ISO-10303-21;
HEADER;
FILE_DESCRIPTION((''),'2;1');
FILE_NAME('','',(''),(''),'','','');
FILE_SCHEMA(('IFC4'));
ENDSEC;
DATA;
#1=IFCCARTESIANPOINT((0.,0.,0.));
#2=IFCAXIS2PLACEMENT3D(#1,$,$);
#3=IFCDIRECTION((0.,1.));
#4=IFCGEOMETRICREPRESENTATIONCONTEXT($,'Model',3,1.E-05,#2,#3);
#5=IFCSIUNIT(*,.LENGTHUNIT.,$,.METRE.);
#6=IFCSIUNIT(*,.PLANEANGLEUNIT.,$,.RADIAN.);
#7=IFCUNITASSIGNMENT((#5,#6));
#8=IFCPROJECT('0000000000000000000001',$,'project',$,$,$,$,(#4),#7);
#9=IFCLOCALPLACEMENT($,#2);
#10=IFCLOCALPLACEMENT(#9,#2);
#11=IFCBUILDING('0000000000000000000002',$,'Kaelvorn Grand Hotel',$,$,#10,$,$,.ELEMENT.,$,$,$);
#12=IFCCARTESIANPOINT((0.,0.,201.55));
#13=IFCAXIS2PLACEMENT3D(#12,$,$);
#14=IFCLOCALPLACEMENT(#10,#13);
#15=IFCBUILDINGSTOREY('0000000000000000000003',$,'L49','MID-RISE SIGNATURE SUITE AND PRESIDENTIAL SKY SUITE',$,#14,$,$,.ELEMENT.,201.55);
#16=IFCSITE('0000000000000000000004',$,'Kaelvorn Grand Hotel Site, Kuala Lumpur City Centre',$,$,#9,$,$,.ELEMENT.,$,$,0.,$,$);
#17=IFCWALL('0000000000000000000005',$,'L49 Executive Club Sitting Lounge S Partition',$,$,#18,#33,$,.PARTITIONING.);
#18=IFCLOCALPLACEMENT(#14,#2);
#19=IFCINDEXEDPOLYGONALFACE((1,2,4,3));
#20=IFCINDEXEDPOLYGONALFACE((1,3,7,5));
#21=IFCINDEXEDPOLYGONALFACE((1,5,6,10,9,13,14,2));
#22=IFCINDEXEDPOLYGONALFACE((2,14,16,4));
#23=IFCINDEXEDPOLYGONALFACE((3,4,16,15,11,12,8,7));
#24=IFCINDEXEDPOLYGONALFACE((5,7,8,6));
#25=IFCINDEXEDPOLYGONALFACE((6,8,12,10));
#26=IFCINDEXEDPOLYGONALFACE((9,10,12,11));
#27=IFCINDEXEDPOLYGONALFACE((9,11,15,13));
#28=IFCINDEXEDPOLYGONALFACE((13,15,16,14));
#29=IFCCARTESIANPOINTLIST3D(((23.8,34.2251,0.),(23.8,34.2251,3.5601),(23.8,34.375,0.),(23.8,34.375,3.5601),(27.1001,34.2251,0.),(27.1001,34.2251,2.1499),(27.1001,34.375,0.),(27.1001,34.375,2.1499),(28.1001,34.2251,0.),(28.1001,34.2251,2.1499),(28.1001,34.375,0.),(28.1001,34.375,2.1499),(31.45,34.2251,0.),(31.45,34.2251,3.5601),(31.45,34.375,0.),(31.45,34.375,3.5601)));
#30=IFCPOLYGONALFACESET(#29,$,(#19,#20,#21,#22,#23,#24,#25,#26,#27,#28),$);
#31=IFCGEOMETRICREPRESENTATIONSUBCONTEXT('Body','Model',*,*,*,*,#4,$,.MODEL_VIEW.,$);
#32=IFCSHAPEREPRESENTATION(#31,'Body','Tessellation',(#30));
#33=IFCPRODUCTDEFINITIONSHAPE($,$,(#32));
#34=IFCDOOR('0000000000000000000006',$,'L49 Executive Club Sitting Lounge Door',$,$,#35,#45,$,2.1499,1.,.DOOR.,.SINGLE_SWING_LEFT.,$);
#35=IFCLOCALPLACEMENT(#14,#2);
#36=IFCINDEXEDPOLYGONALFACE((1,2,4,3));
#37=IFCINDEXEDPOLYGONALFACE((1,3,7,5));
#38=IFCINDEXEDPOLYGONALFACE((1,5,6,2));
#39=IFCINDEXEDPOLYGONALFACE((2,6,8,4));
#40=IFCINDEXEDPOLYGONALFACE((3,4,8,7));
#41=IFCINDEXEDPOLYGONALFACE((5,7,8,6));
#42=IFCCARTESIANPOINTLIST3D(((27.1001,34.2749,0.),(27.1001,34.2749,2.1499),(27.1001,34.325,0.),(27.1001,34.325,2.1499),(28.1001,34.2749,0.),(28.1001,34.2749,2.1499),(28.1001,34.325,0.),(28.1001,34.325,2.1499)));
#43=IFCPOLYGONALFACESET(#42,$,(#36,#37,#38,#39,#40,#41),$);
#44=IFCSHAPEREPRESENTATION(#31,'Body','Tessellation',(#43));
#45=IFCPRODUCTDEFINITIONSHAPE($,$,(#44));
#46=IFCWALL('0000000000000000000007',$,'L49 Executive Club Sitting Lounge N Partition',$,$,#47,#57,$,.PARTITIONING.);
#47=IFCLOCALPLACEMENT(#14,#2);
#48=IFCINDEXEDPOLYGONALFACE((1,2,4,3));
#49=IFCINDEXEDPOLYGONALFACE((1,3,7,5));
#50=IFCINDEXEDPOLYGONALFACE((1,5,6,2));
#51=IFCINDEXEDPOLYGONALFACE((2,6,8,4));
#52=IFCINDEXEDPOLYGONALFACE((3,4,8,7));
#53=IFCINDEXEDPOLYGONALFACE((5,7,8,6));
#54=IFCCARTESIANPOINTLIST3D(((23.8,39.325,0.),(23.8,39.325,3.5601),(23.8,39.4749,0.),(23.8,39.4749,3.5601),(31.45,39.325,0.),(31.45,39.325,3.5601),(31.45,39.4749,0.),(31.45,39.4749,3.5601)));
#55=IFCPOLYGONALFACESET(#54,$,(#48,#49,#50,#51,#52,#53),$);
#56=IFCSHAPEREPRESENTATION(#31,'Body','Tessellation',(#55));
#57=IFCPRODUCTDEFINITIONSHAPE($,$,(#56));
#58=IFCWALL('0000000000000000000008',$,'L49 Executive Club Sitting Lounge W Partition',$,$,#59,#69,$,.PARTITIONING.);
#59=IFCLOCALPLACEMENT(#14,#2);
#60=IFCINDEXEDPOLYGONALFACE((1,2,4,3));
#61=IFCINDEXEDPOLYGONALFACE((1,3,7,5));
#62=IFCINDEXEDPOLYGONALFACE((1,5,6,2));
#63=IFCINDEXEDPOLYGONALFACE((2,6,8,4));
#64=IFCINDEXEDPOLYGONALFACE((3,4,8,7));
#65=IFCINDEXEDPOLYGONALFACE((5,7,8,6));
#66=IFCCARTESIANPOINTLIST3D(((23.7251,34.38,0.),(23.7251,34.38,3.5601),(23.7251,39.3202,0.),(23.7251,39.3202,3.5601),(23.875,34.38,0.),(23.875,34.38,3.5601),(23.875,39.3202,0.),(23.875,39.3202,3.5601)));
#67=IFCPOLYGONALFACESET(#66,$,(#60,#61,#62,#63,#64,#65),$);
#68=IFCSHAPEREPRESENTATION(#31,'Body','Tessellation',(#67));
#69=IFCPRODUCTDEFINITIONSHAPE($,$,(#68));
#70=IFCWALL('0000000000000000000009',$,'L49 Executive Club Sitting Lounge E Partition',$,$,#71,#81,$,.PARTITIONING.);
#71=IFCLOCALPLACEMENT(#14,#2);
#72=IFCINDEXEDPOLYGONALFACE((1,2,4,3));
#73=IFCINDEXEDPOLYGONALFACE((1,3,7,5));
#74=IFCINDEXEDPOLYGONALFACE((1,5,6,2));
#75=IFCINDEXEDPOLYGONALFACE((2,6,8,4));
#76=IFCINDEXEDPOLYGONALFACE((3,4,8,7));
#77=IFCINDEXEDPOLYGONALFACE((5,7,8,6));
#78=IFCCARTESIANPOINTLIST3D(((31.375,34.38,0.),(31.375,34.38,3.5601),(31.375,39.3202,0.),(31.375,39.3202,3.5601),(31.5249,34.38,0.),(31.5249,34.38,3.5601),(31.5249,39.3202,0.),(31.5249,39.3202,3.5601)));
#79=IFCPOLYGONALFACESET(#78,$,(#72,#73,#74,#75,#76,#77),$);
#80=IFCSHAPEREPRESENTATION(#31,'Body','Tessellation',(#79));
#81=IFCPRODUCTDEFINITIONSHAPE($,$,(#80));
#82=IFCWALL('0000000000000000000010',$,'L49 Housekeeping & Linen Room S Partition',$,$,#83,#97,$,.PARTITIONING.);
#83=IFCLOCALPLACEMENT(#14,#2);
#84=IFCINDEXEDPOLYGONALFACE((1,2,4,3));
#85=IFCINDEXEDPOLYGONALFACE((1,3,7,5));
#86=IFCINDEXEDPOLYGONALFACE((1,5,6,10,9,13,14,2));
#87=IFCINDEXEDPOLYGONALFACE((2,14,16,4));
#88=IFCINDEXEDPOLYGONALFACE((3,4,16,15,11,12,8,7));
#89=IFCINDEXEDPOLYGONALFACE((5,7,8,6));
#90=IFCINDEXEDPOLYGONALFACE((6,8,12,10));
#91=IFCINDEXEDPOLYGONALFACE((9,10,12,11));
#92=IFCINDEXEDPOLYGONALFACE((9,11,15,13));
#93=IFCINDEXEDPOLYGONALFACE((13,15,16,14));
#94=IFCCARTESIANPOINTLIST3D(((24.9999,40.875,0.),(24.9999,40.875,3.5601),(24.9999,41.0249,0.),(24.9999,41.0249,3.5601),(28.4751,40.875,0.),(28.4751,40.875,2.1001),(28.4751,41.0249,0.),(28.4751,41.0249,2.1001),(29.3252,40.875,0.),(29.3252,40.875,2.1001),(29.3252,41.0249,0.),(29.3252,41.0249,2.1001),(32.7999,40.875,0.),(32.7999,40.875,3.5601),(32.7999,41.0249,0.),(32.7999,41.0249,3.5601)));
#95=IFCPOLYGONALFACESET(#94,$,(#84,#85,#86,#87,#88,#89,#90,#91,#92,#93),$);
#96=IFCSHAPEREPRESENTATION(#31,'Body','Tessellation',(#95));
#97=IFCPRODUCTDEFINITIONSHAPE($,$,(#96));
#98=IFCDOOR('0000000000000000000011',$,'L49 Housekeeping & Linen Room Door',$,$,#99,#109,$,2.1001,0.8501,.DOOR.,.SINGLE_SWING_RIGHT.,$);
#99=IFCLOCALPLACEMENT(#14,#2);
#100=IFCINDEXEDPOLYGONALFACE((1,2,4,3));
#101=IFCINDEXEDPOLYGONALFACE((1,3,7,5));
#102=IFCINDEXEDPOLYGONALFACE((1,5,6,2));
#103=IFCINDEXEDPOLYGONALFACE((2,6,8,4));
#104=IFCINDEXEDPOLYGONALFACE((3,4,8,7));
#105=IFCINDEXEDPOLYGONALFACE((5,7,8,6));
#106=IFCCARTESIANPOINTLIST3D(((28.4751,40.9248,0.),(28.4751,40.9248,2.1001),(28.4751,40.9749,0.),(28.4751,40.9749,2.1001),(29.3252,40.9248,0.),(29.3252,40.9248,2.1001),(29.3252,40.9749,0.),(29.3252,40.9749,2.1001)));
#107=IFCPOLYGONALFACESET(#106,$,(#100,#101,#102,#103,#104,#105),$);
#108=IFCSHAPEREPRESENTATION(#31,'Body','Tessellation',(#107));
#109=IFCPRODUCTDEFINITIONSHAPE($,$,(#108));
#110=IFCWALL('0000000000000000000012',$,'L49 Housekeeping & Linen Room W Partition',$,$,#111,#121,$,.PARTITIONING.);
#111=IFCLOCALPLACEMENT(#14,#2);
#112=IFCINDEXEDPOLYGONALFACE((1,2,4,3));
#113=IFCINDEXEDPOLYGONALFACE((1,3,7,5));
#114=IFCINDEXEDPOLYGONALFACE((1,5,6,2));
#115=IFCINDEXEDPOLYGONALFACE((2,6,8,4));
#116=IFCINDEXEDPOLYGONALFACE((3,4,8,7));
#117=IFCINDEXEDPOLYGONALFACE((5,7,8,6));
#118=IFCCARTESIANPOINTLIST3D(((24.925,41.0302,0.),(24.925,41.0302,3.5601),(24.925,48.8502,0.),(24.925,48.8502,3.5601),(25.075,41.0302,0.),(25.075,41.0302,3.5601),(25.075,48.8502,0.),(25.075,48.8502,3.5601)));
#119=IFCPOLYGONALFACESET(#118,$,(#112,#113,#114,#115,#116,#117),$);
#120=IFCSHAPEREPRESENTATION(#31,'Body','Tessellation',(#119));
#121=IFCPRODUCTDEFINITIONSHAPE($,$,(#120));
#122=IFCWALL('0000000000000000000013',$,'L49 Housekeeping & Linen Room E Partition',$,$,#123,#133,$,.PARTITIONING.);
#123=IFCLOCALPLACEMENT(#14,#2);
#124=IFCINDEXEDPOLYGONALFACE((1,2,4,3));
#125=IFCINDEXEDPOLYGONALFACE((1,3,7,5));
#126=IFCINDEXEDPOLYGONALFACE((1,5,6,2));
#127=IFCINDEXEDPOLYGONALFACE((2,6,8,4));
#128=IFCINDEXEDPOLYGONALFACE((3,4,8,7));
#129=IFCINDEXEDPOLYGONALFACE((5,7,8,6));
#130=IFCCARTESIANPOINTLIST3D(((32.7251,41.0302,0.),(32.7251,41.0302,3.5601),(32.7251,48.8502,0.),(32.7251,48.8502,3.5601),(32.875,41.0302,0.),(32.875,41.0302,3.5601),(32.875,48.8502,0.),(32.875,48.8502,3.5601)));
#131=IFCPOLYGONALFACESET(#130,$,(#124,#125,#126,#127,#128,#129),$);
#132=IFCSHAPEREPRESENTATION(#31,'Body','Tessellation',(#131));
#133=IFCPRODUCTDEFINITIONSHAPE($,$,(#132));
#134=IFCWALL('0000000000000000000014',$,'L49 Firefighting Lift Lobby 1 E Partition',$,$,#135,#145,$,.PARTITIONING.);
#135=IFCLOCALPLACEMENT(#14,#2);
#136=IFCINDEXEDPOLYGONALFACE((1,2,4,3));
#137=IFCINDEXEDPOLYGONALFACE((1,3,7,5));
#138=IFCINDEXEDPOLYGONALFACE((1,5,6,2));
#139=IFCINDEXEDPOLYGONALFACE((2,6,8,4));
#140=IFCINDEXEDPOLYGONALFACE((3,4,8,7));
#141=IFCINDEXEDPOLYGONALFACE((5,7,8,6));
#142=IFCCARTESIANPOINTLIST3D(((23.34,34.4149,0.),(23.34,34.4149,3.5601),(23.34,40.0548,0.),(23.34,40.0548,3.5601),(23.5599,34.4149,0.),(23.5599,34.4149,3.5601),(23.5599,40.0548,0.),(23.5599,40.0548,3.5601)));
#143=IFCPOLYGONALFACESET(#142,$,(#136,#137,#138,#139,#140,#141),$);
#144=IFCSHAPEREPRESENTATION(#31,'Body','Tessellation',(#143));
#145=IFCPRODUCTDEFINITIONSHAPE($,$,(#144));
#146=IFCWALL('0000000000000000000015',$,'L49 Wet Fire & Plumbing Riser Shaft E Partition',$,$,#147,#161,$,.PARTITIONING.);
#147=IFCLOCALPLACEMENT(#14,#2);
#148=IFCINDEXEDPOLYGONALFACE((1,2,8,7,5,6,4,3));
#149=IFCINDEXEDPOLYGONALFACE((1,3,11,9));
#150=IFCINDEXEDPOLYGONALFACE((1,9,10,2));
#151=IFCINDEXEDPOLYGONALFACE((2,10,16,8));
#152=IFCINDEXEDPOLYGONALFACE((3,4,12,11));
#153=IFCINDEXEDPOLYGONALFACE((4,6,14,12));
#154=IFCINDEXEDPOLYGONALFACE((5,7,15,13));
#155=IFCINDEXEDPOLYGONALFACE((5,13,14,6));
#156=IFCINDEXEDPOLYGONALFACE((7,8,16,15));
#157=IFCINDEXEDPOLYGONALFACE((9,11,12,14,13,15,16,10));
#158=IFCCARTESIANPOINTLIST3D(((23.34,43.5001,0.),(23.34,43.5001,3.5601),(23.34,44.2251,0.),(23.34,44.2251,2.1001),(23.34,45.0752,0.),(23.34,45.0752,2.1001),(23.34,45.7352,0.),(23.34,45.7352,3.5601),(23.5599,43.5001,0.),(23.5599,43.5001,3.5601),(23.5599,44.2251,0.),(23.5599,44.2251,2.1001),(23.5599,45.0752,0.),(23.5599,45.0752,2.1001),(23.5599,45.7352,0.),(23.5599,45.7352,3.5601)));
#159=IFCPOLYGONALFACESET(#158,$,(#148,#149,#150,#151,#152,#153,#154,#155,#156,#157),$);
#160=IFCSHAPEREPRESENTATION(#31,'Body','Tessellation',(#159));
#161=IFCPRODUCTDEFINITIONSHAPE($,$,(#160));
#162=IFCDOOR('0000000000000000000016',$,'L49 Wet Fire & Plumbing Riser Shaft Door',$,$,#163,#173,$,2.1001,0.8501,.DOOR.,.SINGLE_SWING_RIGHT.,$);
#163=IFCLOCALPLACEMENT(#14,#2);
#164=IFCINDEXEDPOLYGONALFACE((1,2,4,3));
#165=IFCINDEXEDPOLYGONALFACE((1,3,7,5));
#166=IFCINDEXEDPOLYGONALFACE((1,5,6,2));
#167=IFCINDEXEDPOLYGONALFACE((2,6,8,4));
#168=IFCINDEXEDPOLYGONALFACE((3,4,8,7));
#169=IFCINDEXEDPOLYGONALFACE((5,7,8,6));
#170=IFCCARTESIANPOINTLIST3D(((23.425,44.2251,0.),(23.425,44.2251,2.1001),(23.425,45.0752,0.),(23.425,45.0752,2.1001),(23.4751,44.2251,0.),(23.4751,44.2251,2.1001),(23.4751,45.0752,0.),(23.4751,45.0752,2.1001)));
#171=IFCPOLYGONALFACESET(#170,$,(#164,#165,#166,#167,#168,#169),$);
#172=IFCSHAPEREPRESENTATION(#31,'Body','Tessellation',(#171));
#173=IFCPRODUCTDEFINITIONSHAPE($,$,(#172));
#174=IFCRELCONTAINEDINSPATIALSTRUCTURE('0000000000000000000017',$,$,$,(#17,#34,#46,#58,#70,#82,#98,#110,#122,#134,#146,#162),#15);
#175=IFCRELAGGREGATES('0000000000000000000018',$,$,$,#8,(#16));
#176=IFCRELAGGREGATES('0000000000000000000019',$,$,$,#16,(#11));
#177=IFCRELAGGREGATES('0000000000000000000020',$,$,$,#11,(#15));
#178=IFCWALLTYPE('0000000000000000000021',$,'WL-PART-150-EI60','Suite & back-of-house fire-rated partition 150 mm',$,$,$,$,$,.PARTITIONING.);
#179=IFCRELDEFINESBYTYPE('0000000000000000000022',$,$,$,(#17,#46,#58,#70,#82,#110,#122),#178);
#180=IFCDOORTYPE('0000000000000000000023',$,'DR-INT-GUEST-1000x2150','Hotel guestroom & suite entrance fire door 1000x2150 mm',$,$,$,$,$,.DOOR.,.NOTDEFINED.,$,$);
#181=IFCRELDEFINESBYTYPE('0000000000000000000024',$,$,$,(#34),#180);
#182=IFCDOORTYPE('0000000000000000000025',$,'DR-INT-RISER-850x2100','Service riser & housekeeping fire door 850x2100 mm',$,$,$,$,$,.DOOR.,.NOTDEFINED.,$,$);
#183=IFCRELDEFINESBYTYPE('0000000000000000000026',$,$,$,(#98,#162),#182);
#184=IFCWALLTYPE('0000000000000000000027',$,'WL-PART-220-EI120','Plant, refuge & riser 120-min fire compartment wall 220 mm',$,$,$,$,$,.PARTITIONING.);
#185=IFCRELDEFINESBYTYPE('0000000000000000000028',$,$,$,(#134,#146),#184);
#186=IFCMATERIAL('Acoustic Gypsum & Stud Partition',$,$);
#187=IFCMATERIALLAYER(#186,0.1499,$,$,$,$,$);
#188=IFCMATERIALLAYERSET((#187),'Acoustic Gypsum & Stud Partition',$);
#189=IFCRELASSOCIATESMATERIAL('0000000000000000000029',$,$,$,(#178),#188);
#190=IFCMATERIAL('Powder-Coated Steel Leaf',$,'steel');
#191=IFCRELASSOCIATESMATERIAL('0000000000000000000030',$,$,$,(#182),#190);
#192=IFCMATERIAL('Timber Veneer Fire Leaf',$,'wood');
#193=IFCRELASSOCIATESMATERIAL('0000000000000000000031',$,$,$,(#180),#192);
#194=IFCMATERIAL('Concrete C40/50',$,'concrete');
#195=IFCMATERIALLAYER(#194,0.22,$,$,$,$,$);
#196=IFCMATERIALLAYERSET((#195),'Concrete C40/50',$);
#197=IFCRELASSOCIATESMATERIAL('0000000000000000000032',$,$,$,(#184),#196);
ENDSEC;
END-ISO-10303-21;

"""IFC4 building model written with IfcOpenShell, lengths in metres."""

from ifc_helpers import new_model, si_unit, direction, frame, frame_2d, origin, place, context, subcontext, project, spatial, rectangle, extrude, material, layer, layer_set, type_object, element, fill, save


model = new_model("IFC4")

# Units and contexts
model_context = context("Model", 3, precision=1e-05, world=origin(), true_north=direction((0.0, 1.0)))
body_context = subcontext(model_context, "Body", "Model", "MODEL_VIEW")
ifc_project = project(units=[si_unit("LENGTHUNIT", "METRE"), si_unit("PLANEANGLEUNIT", "RADIAN")], contexts=[model_context])

# Site, building, storey
site_placement = place(None, origin())
site = spatial("IfcSite", under=ifc_project, at=site_placement, Name="Kaelvorn Grand Hotel Site, Kuala Lumpur City Centre", CompositionType="ELEMENT", RefElevation=0.0)
building_placement = place(site_placement, origin())
building = spatial("IfcBuilding", under=site, at=building_placement, Name="Kaelvorn Grand Hotel", CompositionType="ELEMENT")
storey_placement = place(building_placement, frame((0.0, 0.0, 201.55)))
storey = spatial("IfcBuildingStorey", under=building, at=storey_placement, Name="L49", Description="MID-RISE SIGNATURE SUITE AND PRESIDENTIAL SKY SUITE", CompositionType="ELEMENT", Elevation=201.55)

# Shared definitions
ifc_material_1 = material(Name="Acoustic Gypsum & Stud Partition")
ifc_layer_1 = layer(ifc_material_1, 0.1499)
ifc_layer_set_1 = layer_set([ifc_layer_1], Name="Acoustic Gypsum & Stud Partition")
wall_type_1 = type_object("IfcWallType", Name="WL-PART-150-EI60", Description="Suite & back-of-house fire-rated partition 150 mm", PredefinedType="PARTITIONING", material=ifc_layer_set_1)
ifc_material_2 = material(Name="Powder-Coated Steel Leaf", Category="steel")
door_type_1 = type_object("IfcDoorType", Name="DR-INT-RISER-850x2100", Description="Service riser & housekeeping fire door 850x2100 mm", OperationType="NOTDEFINED", PredefinedType="DOOR", material=ifc_material_2)

# Wall, opening, door
wall_1_placement = place(storey_placement, frame((23.8, 34.3, 0.0), z_axis=(0.0, 0.0, 1.0), x_axis=(1.0, 0.0, 0.0)))
wall_1 = element("IfcWall", 1, at=wall_1_placement, inside=storey, type_object=wall_type_1, Name="L49 Executive Club Sitting Lounge S Partition", PredefinedType="PARTITIONING", context=body_context, shape_type="SweptSolid", body=[
    extrude(rectangle(XDim=7.6499, YDim=0.1499, at=frame_2d((3.825, 0.0))), origin(), (0.0, 0.0, 1.0), 3.5601),
])
opening_1_placement = place(wall_1_placement, frame((3.3, 0.0, 0.0)))
opening_1 = element("IfcOpeningElement", 2, at=opening_1_placement, cuts=wall_1, PredefinedType="OPENING", context=body_context, shape_type="SweptSolid", body=[
    extrude(rectangle(XDim=1.0, YDim=2.1499, at=frame_2d((0.5, 1.075))), frame((0.0, 0.085, 0.0), z_axis=(0.0, -1.0, 0.0), x_axis=(1.0, 0.0, 0.0)), (0.0, 0.0, 1.0), 0.1699),
])
ifc_material_3 = material(Name="Timber Veneer Fire Leaf", Category="wood")
door_type_2 = type_object("IfcDoorType", Name="DR-INT-GUEST-1000x2150", Description="Hotel guestroom & suite entrance fire door 1000x2150 mm", OperationType="NOTDEFINED", PredefinedType="DOOR", material=ifc_material_3)
door_1_placement = place(opening_1_placement, origin())
door_1 = element("IfcDoor", 3, at=door_1_placement, inside=storey, type_object=door_type_2, Name="L49 Executive Club Sitting Lounge Door", OperationType="SINGLE_SWING_LEFT", OverallHeight=2.1499, OverallWidth=1.0, PredefinedType="DOOR", context=body_context, shape_type="SweptSolid", body=[
    extrude(rectangle(XDim=1.0, YDim=2.1499, at=frame_2d((0.5, 1.075))), frame((0.0, 0.0249, 0.0), z_axis=(0.0, -1.0, 0.0), x_axis=(1.0, 0.0, 0.0)), (0.0, 0.0, 1.0), 0.05),
])
fill(opening_1, door_1)

# Walls
wall_2_placement = place(storey_placement, frame((23.8, 39.3999, 0.0), z_axis=(0.0, 0.0, 1.0), x_axis=(1.0, 0.0, 0.0)))
element("IfcWall", 4, at=wall_2_placement, inside=storey, type_object=wall_type_1, Name="L49 Executive Club Sitting Lounge N Partition", PredefinedType="PARTITIONING", context=body_context, shape_type="SweptSolid", body=[
    extrude(rectangle(XDim=7.6499, YDim=0.1499, at=frame_2d((3.825, 0.0))), origin(), (0.0, 0.0, 1.0), 3.5601),
])
for number, where, z_axis, x_axis, name in (
    (5, (23.8, 34.3799, 0.0), (0.0, 0.0, 1.0), (0.0, 1.0, 0.0), "L49 Executive Club Sitting Lounge W Partition"),
    (6, (31.45, 34.3799, 0.0), (0.0, 0.0, 1.0), (0.0, 1.0, 0.0), "L49 Executive Club Sitting Lounge E Partition"),
):
    element("IfcWall", number, at=place(storey_placement, frame(where, z_axis=z_axis, x_axis=x_axis)), inside=storey, type_object=wall_type_1, Name=name, PredefinedType="PARTITIONING", context=body_context, shape_type="SweptSolid", body=[
        extrude(rectangle(XDim=4.9402, YDim=0.1499, at=frame_2d((2.4702, 0.0))), origin(), (0.0, 0.0, 1.0), 3.5601),
    ])

# Wall, opening, door
wall_3_placement = place(storey_placement, frame((25.0, 40.95, 0.0), z_axis=(0.0, 0.0, 1.0), x_axis=(1.0, 0.0, 0.0)))
wall_3 = element("IfcWall", 7, at=wall_3_placement, inside=storey, type_object=wall_type_1, Name="L49 Housekeeping & Linen Room S Partition", PredefinedType="PARTITIONING", context=body_context, shape_type="SweptSolid", body=[
    extrude(rectangle(XDim=7.8, YDim=0.1499, at=frame_2d((3.8999, 0.0))), origin(), (0.0, 0.0, 1.0), 3.5601),
])
opening_2_placement = place(wall_3_placement, frame((3.4751, 0.0, 0.0)))
opening_2 = element("IfcOpeningElement", 8, at=opening_2_placement, cuts=wall_3, PredefinedType="OPENING", context=body_context, shape_type="SweptSolid", body=[
    extrude(rectangle(XDim=0.8501, YDim=2.1001, at=frame_2d((0.425, 1.05))), frame((0.0, 0.085, 0.0), z_axis=(0.0, -1.0, 0.0), x_axis=(1.0, 0.0, 0.0)), (0.0, 0.0, 1.0), 0.1699),
])
door_2_placement = place(opening_2_placement, origin())
door_2 = element("IfcDoor", 9, at=door_2_placement, inside=storey, type_object=door_type_1, Name="L49 Housekeeping & Linen Room Door", OperationType="SINGLE_SWING_RIGHT", OverallHeight=2.1001, OverallWidth=0.8501, PredefinedType="DOOR", context=body_context, shape_type="SweptSolid", body=[
    extrude(rectangle(XDim=0.8501, YDim=2.1001, at=frame_2d((0.425, 1.05))), frame((0.0, 0.0249, 0.0), z_axis=(0.0, -1.0, 0.0), x_axis=(1.0, 0.0, 0.0)), (0.0, 0.0, 1.0), 0.05),
])
fill(opening_2, door_2)

# Walls
for number, where, z_axis, x_axis, name in (
    (10, (25.0, 41.03, 0.0), (0.0, 0.0, 1.0), (0.0, 1.0, 0.0), "L49 Housekeeping & Linen Room W Partition"),
    (11, (32.8, 41.03, 0.0), (0.0, 0.0, 1.0), (0.0, 1.0, 0.0), "L49 Housekeeping & Linen Room E Partition"),
):
    element("IfcWall", number, at=place(storey_placement, frame(where, z_axis=z_axis, x_axis=x_axis)), inside=storey, type_object=wall_type_1, Name=name, PredefinedType="PARTITIONING", context=body_context, shape_type="SweptSolid", body=[
        extrude(rectangle(XDim=7.8201, YDim=0.1499, at=frame_2d((3.9102, 0.0))), origin(), (0.0, 0.0, 1.0), 3.5601),
    ])

# Wall
ifc_material_4 = material(Name="Concrete C40/50", Category="concrete")
ifc_layer_2 = layer(ifc_material_4, 0.22)
ifc_layer_set_2 = layer_set([ifc_layer_2], Name="Concrete C40/50")
wall_type_2 = type_object("IfcWallType", Name="WL-PART-220-EI120", Description="Plant, refuge & riser 120-min fire compartment wall 220 mm", PredefinedType="PARTITIONING", material=ifc_layer_set_2)
wall_4_placement = place(storey_placement, frame((23.45, 34.415, 0.0), z_axis=(0.0, 0.0, 1.0), x_axis=(0.0, 1.0, 0.0)))
element("IfcWall", 12, at=wall_4_placement, inside=storey, type_object=wall_type_2, Name="L49 Firefighting Lift Lobby 1 E Partition", PredefinedType="PARTITIONING", context=body_context, shape_type="SweptSolid", body=[
    extrude(rectangle(XDim=5.6399, YDim=0.22, at=frame_2d((2.8198, 0.0))), origin(), (0.0, 0.0, 1.0), 3.5601),
])

# Wall, opening, door
wall_5_placement = place(storey_placement, frame((23.45, 43.5, 0.0), z_axis=(0.0, 0.0, 1.0), x_axis=(0.0, 1.0, 0.0)))
wall_5 = element("IfcWall", 13, at=wall_5_placement, inside=storey, type_object=wall_type_2, Name="L49 Wet Fire & Plumbing Riser Shaft E Partition", PredefinedType="PARTITIONING", context=body_context, shape_type="SweptSolid", body=[
    extrude(rectangle(XDim=2.2351, YDim=0.22, at=frame_2d((1.1177, 0.0))), origin(), (0.0, 0.0, 1.0), 3.5601),
])
opening_3_placement = place(wall_5_placement, frame((0.7251, 0.0, 0.0)))
opening_3 = element("IfcOpeningElement", 14, at=opening_3_placement, cuts=wall_5, PredefinedType="OPENING", context=body_context, shape_type="SweptSolid", body=[
    extrude(rectangle(XDim=0.8501, YDim=2.1001, at=frame_2d((0.425, 1.05))), frame((0.0, 0.1201, 0.0), z_axis=(0.0, -1.0, 0.0), x_axis=(1.0, 0.0, 0.0)), (0.0, 0.0, 1.0), 0.24),
])
door_3_placement = place(opening_3_placement, origin())
door_3 = element("IfcDoor", 15, at=door_3_placement, inside=storey, type_object=door_type_1, Name="L49 Wet Fire & Plumbing Riser Shaft Door", OperationType="SINGLE_SWING_RIGHT", OverallHeight=2.1001, OverallWidth=0.8501, PredefinedType="DOOR", context=body_context, shape_type="SweptSolid", body=[
    extrude(rectangle(XDim=0.8501, YDim=2.1001, at=frame_2d((0.425, 1.05))), frame((0.0, 0.0249, 0.0), z_axis=(0.0, -1.0, 0.0), x_axis=(1.0, 0.0, 0.0)), (0.0, 0.0, 1.0), 0.05),
])
fill(opening_3, door_3)

save(model, "model.ifc")
